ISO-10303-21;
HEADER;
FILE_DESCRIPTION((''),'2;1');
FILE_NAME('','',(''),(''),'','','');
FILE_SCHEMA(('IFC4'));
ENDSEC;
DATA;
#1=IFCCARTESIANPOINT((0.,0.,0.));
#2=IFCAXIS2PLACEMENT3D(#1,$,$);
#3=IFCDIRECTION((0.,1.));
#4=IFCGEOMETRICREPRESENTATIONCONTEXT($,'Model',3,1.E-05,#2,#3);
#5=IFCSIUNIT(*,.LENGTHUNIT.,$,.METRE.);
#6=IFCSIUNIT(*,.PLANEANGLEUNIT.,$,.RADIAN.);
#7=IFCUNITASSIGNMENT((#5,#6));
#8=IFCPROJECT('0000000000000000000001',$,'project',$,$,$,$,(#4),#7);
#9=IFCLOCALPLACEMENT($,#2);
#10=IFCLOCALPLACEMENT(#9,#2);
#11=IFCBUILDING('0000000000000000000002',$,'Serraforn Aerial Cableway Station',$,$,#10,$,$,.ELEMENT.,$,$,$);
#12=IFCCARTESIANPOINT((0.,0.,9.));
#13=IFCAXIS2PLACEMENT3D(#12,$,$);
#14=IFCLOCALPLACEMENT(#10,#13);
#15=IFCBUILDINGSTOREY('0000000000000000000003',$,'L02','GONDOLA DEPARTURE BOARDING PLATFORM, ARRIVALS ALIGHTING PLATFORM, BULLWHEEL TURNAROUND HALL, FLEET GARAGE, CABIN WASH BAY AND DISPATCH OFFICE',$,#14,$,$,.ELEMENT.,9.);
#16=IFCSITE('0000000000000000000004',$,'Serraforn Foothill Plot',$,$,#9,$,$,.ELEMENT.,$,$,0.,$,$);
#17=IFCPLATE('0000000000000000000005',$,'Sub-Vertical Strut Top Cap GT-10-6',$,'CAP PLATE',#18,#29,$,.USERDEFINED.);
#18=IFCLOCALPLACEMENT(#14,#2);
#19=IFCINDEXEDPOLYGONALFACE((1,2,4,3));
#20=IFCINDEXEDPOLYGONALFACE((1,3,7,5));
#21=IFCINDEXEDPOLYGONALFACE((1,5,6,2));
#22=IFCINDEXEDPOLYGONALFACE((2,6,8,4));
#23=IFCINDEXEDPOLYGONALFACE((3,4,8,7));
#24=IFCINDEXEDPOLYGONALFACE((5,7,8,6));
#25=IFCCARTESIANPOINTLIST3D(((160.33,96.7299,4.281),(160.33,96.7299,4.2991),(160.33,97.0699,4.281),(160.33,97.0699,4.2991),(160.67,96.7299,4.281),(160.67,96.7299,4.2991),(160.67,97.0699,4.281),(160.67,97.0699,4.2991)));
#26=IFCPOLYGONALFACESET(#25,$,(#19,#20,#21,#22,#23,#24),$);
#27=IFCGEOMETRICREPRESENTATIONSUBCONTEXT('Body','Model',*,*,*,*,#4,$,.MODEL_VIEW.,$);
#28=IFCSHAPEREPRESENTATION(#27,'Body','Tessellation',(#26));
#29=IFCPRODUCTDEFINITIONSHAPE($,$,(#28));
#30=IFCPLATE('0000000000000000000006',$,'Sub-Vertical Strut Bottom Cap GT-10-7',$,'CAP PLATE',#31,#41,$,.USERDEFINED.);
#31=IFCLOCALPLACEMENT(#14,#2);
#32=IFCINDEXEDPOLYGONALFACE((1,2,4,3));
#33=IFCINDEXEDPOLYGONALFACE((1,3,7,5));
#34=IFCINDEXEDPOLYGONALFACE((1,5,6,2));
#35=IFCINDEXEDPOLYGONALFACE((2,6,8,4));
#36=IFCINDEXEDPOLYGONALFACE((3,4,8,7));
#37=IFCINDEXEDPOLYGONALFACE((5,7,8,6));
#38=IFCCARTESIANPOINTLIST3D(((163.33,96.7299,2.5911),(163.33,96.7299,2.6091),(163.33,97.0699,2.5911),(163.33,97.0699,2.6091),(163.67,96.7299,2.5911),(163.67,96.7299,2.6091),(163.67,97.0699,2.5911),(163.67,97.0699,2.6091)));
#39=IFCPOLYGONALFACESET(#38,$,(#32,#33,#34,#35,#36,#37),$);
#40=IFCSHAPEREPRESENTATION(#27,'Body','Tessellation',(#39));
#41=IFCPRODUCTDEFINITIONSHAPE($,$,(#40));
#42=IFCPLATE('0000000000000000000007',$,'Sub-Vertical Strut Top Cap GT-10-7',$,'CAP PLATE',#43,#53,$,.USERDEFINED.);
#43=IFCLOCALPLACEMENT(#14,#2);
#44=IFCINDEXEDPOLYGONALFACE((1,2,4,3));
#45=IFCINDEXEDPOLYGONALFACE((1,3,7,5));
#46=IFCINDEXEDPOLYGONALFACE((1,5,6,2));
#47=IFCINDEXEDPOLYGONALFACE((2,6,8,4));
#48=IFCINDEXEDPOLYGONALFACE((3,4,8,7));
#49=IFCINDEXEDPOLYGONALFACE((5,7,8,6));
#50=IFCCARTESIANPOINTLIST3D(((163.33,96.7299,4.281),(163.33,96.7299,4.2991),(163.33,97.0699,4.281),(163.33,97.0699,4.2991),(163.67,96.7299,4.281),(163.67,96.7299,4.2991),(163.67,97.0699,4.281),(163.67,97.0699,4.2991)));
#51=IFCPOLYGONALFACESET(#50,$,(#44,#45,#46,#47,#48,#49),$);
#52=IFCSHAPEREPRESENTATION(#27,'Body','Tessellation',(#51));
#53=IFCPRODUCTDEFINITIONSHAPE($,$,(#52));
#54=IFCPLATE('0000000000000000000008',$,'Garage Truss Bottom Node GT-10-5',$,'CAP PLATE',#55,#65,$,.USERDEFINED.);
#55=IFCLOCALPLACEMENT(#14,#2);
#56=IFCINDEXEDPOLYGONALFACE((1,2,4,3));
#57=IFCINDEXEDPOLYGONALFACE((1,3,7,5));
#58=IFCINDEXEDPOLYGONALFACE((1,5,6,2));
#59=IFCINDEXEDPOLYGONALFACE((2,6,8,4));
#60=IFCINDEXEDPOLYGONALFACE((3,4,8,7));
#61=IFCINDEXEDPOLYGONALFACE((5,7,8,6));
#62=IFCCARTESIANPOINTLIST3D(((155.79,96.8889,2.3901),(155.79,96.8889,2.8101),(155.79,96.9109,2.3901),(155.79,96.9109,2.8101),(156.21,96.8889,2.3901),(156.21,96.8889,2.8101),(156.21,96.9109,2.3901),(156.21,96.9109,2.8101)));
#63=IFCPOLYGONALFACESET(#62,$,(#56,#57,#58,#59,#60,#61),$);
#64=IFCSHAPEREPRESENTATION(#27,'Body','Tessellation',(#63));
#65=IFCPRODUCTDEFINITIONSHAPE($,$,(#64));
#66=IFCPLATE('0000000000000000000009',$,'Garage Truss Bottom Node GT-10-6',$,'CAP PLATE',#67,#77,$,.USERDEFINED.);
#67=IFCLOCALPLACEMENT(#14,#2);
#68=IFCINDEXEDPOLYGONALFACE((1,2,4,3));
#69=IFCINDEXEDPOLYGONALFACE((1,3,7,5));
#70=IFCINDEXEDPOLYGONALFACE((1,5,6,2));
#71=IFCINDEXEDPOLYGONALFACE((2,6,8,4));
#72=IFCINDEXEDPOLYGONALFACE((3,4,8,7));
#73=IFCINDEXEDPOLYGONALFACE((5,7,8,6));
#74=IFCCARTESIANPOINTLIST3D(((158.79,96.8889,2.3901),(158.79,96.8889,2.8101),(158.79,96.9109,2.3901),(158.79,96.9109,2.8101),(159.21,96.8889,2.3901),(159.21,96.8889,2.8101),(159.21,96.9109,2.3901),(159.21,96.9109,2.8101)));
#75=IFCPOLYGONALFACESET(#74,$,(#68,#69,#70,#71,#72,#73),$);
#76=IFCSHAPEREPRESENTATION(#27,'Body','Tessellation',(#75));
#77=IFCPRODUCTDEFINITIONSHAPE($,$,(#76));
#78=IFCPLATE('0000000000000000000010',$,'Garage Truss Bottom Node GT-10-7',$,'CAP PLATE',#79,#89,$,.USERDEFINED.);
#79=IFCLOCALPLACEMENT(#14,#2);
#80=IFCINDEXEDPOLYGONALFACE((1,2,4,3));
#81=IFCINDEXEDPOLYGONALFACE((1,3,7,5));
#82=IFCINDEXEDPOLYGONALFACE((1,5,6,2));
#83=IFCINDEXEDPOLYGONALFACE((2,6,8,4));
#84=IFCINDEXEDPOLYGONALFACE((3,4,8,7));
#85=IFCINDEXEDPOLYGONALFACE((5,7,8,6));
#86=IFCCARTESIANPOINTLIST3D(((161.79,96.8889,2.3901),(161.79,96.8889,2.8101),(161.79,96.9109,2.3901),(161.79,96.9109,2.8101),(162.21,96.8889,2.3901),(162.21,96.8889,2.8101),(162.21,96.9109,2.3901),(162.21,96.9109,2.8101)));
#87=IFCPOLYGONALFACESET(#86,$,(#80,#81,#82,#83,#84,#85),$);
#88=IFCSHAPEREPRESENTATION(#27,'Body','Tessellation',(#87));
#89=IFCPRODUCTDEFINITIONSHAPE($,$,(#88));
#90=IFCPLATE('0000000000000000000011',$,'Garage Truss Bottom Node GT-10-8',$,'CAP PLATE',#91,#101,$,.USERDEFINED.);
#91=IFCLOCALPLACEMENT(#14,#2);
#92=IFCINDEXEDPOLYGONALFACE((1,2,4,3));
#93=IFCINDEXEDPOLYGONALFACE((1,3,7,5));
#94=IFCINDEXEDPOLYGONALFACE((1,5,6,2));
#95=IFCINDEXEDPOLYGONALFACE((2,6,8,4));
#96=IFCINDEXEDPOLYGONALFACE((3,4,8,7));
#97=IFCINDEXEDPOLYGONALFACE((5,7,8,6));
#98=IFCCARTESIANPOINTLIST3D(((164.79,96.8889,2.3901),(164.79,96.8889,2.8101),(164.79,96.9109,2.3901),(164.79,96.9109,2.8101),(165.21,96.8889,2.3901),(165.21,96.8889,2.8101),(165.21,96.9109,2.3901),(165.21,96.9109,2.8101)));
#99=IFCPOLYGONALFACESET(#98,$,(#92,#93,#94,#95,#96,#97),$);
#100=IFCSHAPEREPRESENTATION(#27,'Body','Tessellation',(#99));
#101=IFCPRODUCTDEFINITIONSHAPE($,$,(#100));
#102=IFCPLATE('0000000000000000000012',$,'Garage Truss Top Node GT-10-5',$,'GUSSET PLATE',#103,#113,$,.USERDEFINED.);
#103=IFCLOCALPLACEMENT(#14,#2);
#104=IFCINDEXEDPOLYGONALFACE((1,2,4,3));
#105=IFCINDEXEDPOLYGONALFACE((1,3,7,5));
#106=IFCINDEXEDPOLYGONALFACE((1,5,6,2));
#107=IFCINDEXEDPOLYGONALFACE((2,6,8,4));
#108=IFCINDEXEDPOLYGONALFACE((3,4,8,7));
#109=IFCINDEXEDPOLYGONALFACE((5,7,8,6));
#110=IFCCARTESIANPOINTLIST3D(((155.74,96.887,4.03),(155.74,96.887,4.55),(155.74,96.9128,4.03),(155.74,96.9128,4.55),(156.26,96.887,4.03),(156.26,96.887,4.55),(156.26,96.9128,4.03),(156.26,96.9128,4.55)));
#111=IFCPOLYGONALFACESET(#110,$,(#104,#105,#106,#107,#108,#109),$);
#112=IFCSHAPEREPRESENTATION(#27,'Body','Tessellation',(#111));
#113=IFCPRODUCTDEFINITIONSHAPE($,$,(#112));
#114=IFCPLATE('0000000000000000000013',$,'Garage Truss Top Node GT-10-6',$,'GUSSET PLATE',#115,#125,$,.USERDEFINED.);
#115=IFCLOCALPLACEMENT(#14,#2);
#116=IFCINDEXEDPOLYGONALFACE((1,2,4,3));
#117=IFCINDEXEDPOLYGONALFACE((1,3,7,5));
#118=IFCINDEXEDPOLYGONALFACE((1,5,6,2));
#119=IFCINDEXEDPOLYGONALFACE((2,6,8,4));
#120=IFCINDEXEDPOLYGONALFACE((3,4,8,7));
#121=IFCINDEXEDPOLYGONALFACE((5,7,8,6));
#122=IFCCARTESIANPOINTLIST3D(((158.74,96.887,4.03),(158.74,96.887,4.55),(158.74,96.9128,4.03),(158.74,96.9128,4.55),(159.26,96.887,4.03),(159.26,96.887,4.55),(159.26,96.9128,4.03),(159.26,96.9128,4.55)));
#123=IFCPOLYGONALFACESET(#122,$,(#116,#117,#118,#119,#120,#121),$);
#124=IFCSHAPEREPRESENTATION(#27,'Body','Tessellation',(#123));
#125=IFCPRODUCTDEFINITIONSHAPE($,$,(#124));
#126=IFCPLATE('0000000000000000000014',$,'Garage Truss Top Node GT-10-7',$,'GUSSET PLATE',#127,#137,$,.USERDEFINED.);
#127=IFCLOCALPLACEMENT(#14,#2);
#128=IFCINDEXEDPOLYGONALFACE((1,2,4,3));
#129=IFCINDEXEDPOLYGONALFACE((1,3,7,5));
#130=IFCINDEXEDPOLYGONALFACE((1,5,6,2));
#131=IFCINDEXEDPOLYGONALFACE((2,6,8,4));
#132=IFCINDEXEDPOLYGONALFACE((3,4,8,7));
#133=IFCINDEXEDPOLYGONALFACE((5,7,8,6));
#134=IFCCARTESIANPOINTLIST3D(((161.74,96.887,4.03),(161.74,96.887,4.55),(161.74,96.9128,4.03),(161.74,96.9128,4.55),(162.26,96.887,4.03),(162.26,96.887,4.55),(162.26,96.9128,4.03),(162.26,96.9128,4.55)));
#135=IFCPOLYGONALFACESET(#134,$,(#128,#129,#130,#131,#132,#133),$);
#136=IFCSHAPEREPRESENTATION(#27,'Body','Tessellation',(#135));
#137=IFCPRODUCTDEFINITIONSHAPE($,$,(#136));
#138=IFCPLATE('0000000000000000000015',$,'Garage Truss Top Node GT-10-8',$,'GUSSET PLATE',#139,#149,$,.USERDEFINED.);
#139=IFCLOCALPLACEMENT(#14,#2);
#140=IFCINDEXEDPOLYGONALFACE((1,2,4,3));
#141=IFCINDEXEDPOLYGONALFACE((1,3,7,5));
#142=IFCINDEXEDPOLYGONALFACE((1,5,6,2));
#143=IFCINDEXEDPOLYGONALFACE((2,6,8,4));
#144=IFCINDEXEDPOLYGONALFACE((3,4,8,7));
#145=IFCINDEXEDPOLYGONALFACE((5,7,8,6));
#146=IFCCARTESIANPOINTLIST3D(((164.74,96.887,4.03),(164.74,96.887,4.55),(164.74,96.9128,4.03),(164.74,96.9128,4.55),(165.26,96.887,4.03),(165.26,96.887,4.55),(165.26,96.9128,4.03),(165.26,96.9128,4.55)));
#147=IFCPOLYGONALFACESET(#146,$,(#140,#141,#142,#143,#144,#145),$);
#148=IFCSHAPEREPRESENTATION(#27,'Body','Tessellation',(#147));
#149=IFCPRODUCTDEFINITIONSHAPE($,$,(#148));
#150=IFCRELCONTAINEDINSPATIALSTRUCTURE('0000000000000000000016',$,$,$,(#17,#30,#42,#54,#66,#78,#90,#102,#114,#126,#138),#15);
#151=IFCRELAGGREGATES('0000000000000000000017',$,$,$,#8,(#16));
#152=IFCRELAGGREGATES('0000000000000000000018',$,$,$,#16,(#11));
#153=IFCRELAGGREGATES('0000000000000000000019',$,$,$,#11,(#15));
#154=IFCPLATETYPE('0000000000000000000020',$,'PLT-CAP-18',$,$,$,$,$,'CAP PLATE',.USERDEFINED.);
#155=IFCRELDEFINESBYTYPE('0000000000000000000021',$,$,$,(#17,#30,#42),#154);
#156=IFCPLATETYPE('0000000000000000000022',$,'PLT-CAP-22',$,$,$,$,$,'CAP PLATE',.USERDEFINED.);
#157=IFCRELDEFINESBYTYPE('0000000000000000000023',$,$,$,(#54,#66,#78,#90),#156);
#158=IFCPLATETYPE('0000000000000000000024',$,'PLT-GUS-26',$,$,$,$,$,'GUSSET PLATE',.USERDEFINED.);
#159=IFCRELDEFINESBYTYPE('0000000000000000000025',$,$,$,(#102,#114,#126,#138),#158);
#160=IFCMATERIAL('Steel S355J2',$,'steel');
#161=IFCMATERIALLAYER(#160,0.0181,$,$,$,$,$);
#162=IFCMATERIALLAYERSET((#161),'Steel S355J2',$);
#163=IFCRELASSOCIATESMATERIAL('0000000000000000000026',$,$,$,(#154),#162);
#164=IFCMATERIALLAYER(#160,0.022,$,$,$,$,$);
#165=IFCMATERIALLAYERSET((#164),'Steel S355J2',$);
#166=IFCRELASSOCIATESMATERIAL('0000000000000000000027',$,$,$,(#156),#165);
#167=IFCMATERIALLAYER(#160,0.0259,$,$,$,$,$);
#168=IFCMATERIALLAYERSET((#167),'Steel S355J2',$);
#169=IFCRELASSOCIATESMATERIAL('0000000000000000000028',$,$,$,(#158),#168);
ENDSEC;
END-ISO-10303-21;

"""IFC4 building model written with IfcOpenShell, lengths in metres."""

from ifc_helpers import new_model, si_unit, direction, frame, origin, origin_2d, place, context, subcontext, project, spatial, rectangle, extrude, material, layer, layer_set, type_object, element, save


model = new_model("IFC4")

# Units and contexts
model_context = context("Model", 3, precision=1e-05, world=origin(), true_north=direction((0.0, 1.0)))
body_context = subcontext(model_context, "Body", "Model", "MODEL_VIEW")
ifc_project = project(units=[si_unit("LENGTHUNIT", "METRE"), si_unit("PLANEANGLEUNIT", "RADIAN")], contexts=[model_context])

# Site, building, storey
site_placement = place(None, origin())
site = spatial("IfcSite", under=ifc_project, at=site_placement, Name="Serraforn Foothill Plot", CompositionType="ELEMENT", RefElevation=0.0)
building_placement = place(site_placement, origin())
building = spatial("IfcBuilding", under=site, at=building_placement, Name="Serraforn Aerial Cableway Station", CompositionType="ELEMENT")
storey_placement = place(building_placement, frame((0.0, 0.0, 9.0)))
storey = spatial("IfcBuildingStorey", under=building, at=storey_placement, Name="L02", Description="GONDOLA DEPARTURE BOARDING PLATFORM, ARRIVALS ALIGHTING PLATFORM, BULLWHEEL TURNAROUND HALL, FLEET GARAGE, CABIN WASH BAY AND DISPATCH OFFICE", CompositionType="ELEMENT", Elevation=9.0)

# Shared definitions
ifc_material_1 = material(Name="Steel S355J2", Category="steel")

# Plates
ifc_layer_1 = layer(ifc_material_1, 0.0181)
ifc_layer_set_1 = layer_set([ifc_layer_1], Name="Steel S355J2")
plate_type_1 = type_object("IfcPlateType", Name="PLT-CAP-18", ElementType="CAP PLATE", PredefinedType="USERDEFINED", material=ifc_layer_set_1)
for number, where, z_axis, x_axis, name in (
    (1, (160.5, 96.8999, 4.281), (0.0, 0.0, 1.0), (1.0, 0.0, 0.0), "Sub-Vertical Strut Top Cap GT-10-6"),
    (2, (163.5, 96.8999, 2.5911), (0.0, 0.0, 1.0), (1.0, 0.0, 0.0), "Sub-Vertical Strut Bottom Cap GT-10-7"),
    (3, (163.5, 96.8999, 4.281), (0.0, 0.0, 1.0), (1.0, 0.0, 0.0), "Sub-Vertical Strut Top Cap GT-10-7"),
):
    element("IfcPlate", number, at=place(storey_placement, frame(where, z_axis=z_axis, x_axis=x_axis)), inside=storey, type_object=plate_type_1, Name=name, ObjectType="CAP PLATE", PredefinedType="USERDEFINED", context=body_context, shape_type="SweptSolid", body=[
        extrude(rectangle(XDim=0.3401, YDim=0.3401, at=origin_2d()), origin(), (0.0, 0.0, 1.0), 0.0181),
    ])
ifc_layer_2 = layer(ifc_material_1, 0.022)
ifc_layer_set_2 = layer_set([ifc_layer_2], Name="Steel S355J2")
plate_type_2 = type_object("IfcPlateType", Name="PLT-CAP-22", ElementType="CAP PLATE", PredefinedType="USERDEFINED", material=ifc_layer_set_2)
for number, where, z_axis, x_axis, name in (
    (4, (156.0, 96.8999, 2.3901), (0.0, 0.0, 1.0), (1.0, 0.0, 0.0), "Garage Truss Bottom Node GT-10-5"),
    (5, (159.0, 96.8999, 2.3901), (0.0, 0.0, 1.0), (1.0, 0.0, 0.0), "Garage Truss Bottom Node GT-10-6"),
    (6, (162.0, 96.8999, 2.3901), (0.0, 0.0, 1.0), (1.0, 0.0, 0.0), "Garage Truss Bottom Node GT-10-7"),
    (7, (165.0, 96.8999, 2.3901), (0.0, 0.0, 1.0), (1.0, 0.0, 0.0), "Garage Truss Bottom Node GT-10-8"),
):
    element("IfcPlate", number, at=place(storey_placement, frame(where, z_axis=z_axis, x_axis=x_axis)), inside=storey, type_object=plate_type_2, Name=name, ObjectType="CAP PLATE", PredefinedType="USERDEFINED", context=body_context, shape_type="SweptSolid", body=[
        extrude(rectangle(XDim=0.4199, YDim=0.022, at=origin_2d()), origin(), (0.0, 0.0, 1.0), 0.4199),
    ])
ifc_layer_3 = layer(ifc_material_1, 0.0259)
ifc_layer_set_3 = layer_set([ifc_layer_3], Name="Steel S355J2")
plate_type_3 = type_object("IfcPlateType", Name="PLT-GUS-26", ElementType="GUSSET PLATE", PredefinedType="USERDEFINED", material=ifc_layer_set_3)
for number, where, z_axis, x_axis, name in (
    (8, (156.0, 96.8999, 4.03), (0.0, 0.0, 1.0), (1.0, 0.0, 0.0), "Garage Truss Top Node GT-10-5"),
    (9, (159.0, 96.8999, 4.03), (0.0, 0.0, 1.0), (1.0, 0.0, 0.0), "Garage Truss Top Node GT-10-6"),
    (10, (162.0, 96.8999, 4.03), (0.0, 0.0, 1.0), (1.0, 0.0, 0.0), "Garage Truss Top Node GT-10-7"),
    (11, (165.0, 96.8999, 4.03), (0.0, 0.0, 1.0), (1.0, 0.0, 0.0), "Garage Truss Top Node GT-10-8"),
):
    element("IfcPlate", number, at=place(storey_placement, frame(where, z_axis=z_axis, x_axis=x_axis)), inside=storey, type_object=plate_type_3, Name=name, ObjectType="GUSSET PLATE", PredefinedType="USERDEFINED", context=body_context, shape_type="SweptSolid", body=[
        extrude(rectangle(XDim=0.52, YDim=0.0259, at=origin_2d()), origin(), (0.0, 0.0, 1.0), 0.52),
    ])

save(model, "model.ifc")
